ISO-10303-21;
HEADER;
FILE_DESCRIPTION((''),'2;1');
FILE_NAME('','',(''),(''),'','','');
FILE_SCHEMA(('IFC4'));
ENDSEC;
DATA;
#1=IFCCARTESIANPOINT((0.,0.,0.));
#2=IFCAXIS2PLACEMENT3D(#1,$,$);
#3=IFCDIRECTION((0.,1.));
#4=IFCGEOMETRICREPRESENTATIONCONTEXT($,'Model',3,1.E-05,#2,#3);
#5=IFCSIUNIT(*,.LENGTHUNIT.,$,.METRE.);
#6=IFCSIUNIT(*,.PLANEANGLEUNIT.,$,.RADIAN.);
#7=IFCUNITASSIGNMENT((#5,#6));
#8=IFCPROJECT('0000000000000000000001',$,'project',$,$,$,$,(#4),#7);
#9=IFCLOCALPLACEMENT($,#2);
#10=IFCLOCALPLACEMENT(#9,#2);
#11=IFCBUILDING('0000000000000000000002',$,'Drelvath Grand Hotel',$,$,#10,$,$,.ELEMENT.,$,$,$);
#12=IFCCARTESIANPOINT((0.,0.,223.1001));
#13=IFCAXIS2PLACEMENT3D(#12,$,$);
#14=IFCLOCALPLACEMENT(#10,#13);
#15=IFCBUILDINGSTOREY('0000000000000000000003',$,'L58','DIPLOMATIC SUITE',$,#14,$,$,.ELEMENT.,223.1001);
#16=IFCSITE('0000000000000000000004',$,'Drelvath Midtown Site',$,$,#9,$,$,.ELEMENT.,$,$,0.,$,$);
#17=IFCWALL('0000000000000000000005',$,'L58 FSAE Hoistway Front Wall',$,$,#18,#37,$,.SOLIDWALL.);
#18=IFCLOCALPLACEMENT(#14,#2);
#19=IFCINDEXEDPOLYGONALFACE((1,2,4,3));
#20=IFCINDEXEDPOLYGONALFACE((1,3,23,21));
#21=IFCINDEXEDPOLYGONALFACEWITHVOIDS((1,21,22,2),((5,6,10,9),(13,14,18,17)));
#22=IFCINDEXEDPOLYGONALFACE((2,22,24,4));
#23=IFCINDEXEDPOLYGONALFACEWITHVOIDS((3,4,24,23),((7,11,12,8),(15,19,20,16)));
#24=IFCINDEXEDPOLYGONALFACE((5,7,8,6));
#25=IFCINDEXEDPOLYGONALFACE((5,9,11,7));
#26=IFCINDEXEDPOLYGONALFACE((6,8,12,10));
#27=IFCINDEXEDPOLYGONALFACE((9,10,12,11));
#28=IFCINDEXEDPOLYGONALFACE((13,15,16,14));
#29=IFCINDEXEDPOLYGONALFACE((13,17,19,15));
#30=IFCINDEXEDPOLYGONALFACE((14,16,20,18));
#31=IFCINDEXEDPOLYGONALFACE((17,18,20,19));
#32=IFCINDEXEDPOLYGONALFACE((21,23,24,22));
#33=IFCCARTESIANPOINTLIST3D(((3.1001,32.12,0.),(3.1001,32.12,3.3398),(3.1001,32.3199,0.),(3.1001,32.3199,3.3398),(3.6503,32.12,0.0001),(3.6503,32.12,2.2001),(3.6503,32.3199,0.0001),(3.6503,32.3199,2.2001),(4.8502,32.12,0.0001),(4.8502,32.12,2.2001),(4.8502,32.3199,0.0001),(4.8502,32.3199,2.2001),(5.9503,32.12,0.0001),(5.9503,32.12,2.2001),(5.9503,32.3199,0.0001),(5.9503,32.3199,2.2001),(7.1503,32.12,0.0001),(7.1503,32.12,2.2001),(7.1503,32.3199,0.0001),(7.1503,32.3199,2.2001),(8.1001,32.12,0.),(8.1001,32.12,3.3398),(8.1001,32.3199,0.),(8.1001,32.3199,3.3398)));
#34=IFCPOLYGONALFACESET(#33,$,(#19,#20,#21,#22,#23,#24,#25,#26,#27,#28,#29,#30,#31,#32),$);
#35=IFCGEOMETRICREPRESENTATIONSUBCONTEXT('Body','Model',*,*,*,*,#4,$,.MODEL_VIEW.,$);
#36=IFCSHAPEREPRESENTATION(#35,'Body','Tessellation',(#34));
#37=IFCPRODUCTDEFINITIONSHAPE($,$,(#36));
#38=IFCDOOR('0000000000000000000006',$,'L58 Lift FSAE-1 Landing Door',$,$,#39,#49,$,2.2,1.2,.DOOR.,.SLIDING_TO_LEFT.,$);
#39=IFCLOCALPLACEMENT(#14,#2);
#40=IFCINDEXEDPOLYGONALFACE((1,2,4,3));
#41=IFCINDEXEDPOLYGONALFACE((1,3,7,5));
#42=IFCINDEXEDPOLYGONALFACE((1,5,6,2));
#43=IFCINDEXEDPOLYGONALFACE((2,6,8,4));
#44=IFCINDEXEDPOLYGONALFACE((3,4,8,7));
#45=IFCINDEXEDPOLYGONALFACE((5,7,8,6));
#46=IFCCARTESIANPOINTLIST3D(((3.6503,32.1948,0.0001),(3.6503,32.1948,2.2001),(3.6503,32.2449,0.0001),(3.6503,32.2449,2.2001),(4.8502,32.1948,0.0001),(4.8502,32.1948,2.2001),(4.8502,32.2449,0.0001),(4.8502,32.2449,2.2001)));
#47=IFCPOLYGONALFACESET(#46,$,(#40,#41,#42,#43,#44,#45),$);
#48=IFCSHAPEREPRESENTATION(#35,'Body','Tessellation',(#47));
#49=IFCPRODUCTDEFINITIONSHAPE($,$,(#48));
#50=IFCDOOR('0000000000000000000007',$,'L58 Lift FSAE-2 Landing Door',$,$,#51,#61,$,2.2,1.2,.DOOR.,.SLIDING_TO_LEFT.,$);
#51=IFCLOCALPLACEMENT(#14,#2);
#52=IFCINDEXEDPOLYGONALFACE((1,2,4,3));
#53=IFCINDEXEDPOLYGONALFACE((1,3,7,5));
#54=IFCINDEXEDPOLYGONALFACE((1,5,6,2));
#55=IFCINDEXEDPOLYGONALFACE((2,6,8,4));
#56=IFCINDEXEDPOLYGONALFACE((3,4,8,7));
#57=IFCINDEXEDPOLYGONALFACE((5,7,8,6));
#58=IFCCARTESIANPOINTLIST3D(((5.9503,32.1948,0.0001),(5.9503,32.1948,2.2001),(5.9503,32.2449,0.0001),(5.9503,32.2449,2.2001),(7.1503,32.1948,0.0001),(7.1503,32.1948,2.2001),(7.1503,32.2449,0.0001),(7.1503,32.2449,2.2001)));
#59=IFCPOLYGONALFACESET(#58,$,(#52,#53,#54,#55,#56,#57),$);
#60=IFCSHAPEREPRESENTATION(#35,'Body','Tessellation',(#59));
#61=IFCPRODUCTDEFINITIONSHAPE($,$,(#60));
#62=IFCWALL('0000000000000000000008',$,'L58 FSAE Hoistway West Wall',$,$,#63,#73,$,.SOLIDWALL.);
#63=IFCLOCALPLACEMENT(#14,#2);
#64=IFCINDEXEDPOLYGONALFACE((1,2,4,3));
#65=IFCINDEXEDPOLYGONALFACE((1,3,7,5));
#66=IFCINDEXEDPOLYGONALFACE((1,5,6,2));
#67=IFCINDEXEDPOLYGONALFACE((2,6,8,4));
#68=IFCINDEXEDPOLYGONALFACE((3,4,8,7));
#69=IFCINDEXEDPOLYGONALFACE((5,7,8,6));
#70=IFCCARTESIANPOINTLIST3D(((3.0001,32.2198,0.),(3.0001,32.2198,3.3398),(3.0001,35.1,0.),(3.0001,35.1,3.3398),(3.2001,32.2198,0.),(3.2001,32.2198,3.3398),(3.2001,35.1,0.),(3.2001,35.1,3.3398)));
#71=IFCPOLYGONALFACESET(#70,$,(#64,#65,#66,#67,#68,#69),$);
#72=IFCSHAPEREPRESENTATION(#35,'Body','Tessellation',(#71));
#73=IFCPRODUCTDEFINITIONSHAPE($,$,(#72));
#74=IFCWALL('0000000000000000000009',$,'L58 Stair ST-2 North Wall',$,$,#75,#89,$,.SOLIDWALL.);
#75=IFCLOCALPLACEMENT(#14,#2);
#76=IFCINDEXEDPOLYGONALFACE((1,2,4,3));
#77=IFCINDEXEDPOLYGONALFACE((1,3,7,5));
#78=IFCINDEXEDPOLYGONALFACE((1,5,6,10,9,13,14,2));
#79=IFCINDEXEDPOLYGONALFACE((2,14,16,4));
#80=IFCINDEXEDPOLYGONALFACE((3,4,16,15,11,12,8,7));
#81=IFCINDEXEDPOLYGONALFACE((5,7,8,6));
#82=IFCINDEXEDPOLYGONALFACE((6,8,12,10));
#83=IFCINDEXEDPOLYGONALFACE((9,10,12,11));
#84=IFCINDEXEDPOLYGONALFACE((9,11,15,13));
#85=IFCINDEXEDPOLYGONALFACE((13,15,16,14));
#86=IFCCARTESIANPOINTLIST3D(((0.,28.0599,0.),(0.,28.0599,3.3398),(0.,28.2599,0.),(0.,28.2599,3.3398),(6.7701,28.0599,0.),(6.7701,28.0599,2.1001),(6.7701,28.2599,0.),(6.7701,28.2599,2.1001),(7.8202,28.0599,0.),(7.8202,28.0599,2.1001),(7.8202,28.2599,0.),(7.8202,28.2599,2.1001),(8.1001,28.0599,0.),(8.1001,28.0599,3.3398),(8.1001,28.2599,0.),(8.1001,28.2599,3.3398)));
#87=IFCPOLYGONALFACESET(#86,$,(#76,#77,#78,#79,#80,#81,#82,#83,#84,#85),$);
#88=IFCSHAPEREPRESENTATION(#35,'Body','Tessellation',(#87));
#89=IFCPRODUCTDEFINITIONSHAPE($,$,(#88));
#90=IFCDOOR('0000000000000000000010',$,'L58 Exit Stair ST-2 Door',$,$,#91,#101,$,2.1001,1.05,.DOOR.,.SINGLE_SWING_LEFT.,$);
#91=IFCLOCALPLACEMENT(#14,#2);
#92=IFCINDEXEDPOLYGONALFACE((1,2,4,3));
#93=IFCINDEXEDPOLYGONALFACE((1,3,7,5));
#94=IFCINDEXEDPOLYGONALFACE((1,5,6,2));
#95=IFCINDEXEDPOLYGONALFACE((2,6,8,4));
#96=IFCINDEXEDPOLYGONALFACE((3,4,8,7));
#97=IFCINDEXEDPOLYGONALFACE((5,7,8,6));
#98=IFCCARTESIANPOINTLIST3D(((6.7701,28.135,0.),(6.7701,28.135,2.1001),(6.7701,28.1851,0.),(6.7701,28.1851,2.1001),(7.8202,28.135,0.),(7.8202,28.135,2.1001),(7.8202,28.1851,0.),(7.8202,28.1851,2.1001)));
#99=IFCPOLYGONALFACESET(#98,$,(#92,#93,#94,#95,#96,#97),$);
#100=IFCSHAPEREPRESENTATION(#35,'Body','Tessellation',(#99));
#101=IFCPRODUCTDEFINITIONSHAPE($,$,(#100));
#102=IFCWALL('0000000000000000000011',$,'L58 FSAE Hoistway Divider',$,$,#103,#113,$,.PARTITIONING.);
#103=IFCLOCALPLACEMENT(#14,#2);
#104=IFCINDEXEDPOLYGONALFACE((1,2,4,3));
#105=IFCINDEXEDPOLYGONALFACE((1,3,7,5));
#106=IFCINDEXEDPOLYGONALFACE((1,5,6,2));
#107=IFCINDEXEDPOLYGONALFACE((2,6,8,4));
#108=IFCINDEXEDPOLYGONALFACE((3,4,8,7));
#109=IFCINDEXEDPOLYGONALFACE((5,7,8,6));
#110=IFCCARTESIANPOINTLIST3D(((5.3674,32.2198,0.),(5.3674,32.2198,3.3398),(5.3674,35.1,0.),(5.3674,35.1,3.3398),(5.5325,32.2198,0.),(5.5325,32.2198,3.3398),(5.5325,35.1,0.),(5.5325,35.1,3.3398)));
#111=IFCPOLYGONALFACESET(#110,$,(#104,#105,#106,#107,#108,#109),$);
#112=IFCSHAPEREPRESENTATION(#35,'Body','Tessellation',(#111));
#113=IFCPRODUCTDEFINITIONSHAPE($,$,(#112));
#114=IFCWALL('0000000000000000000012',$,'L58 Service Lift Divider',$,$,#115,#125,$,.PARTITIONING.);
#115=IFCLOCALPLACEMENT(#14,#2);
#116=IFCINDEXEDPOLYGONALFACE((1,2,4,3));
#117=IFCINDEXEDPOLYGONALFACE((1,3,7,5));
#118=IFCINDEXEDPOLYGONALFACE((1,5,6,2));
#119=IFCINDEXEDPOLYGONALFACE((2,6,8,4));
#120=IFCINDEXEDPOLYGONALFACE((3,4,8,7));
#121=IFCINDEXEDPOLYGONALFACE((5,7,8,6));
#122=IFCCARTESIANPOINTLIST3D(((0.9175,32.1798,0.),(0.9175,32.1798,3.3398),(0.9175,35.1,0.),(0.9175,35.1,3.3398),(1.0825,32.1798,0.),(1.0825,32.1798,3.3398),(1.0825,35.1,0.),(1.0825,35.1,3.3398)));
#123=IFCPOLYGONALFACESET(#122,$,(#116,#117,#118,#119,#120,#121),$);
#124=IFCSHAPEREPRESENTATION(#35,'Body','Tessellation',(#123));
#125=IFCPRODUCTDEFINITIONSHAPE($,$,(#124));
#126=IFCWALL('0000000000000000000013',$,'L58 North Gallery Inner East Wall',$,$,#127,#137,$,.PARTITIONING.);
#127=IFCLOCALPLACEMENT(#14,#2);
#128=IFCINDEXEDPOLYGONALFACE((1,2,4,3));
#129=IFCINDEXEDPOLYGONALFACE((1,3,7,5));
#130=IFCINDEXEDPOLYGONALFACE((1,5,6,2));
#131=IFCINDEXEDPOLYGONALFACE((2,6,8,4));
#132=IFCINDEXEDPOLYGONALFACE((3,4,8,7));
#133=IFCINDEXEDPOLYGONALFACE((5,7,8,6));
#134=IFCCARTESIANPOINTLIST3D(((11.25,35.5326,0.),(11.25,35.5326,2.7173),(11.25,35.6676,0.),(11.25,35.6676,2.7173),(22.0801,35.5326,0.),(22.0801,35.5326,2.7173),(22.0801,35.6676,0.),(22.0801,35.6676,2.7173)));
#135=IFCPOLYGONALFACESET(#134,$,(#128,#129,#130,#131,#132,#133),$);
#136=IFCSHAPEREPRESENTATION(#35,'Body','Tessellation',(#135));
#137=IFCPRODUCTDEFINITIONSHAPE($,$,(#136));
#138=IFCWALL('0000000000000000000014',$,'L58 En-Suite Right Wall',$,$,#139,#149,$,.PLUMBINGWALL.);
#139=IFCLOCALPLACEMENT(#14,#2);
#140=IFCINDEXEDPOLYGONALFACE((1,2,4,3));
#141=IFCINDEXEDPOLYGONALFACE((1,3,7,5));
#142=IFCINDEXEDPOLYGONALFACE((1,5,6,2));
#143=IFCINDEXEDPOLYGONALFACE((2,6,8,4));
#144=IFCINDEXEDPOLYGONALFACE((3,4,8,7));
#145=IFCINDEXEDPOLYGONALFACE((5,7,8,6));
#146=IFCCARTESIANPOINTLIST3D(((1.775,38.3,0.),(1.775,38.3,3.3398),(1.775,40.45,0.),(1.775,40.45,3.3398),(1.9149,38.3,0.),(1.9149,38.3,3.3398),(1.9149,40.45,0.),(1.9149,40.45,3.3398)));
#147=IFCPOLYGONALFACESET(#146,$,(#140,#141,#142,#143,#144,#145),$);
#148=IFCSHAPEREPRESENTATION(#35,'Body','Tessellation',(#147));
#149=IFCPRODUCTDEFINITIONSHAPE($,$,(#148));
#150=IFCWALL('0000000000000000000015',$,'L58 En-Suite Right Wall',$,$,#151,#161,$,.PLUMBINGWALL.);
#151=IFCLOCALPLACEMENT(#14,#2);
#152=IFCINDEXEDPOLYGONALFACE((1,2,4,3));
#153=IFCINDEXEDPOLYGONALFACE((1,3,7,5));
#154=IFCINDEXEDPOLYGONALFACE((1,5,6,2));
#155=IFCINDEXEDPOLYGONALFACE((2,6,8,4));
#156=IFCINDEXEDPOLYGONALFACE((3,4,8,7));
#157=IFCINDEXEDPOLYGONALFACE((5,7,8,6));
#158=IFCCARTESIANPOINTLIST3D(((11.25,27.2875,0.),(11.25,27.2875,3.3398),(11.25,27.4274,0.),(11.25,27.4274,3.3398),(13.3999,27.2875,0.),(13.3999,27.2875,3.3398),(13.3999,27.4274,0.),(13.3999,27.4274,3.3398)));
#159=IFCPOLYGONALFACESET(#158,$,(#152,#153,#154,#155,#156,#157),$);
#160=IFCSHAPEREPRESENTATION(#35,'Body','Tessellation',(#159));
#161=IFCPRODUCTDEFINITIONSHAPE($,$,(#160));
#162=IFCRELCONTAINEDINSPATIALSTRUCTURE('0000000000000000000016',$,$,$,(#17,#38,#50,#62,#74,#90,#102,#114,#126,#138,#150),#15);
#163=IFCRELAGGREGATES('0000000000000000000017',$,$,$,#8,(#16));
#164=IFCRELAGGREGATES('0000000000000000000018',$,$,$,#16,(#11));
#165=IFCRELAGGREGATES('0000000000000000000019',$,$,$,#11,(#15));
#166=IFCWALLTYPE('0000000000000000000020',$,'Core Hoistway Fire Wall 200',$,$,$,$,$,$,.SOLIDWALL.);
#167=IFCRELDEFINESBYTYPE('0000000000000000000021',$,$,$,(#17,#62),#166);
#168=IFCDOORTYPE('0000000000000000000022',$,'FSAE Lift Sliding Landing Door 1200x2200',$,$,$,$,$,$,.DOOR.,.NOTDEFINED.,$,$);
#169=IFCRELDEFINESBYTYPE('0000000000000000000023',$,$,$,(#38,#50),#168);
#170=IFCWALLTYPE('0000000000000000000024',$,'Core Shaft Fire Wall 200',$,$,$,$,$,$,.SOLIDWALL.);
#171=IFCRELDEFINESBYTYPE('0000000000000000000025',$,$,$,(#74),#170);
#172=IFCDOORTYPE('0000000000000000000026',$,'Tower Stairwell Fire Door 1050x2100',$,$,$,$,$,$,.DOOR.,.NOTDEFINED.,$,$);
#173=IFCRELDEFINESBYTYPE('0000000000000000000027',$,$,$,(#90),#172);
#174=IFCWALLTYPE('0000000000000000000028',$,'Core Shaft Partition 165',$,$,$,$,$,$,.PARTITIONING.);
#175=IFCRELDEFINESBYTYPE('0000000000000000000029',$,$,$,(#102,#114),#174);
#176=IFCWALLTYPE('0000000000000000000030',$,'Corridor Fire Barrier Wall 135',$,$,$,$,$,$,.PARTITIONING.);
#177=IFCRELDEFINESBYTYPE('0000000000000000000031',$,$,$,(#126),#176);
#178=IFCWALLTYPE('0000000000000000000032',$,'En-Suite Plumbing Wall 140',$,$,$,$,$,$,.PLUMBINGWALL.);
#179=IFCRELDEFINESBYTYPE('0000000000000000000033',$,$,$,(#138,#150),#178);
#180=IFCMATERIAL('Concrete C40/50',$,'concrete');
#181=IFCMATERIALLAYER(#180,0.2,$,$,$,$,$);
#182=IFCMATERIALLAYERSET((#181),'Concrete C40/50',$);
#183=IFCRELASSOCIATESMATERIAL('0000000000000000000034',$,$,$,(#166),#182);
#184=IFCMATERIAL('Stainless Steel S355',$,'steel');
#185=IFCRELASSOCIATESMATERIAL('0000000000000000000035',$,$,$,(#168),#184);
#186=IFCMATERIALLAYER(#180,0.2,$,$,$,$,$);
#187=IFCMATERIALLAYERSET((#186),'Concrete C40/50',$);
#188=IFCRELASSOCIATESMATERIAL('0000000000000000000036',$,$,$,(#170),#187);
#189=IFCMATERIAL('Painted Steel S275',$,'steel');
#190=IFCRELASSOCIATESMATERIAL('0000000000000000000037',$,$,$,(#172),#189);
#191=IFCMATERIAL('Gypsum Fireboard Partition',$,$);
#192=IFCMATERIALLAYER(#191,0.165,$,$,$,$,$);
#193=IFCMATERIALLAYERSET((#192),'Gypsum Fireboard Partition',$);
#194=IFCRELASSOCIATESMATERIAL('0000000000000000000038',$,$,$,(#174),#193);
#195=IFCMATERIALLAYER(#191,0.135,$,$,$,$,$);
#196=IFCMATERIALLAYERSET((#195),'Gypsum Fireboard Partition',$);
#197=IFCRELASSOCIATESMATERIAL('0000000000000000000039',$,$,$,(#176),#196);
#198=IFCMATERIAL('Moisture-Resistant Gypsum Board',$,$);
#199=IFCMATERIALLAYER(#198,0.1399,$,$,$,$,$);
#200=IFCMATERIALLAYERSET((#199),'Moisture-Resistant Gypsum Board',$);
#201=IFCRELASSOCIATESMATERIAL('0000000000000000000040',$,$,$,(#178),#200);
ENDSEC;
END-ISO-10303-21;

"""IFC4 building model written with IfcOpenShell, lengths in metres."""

from ifc_helpers import new_model, si_unit, direction, frame, frame_2d, origin, place, context, subcontext, project, spatial, rectangle, extrude, material, layer, layer_set, type_object, element, fill, save


model = new_model("IFC4")

# Units and contexts
model_context = context("Model", 3, precision=1e-05, world=origin(), true_north=direction((0.0, 1.0)))
body_context = subcontext(model_context, "Body", "Model", "MODEL_VIEW")
ifc_project = project(units=[si_unit("LENGTHUNIT", "METRE"), si_unit("PLANEANGLEUNIT", "RADIAN")], contexts=[model_context])

# Site, building, storey
site_placement = place(None, origin())
site = spatial("IfcSite", under=ifc_project, at=site_placement, Name="Drelvath Midtown Site", CompositionType="ELEMENT", RefElevation=0.0)
building_placement = place(site_placement, origin())
building = spatial("IfcBuilding", under=site, at=building_placement, Name="Drelvath Grand Hotel", CompositionType="ELEMENT")
storey_placement = place(building_placement, frame((0.0, 0.0, 223.1001)))
storey = spatial("IfcBuildingStorey", under=building, at=storey_placement, Name="L58", Description="DIPLOMATIC SUITE", CompositionType="ELEMENT", Elevation=223.1001)

# Wall, openings, doors
ifc_material_1 = material(Name="Concrete C40/50", Category="concrete")
ifc_layer_1 = layer(ifc_material_1, 0.2)
ifc_layer_set_1 = layer_set([ifc_layer_1], Name="Concrete C40/50")
wall_type_1 = type_object("IfcWallType", Name="Core Hoistway Fire Wall 200", PredefinedType="SOLIDWALL", material=ifc_layer_set_1)
wall_1_placement = place(storey_placement, frame((3.1001, 32.22, 0.0), z_axis=(0.0, 0.0, 1.0), x_axis=(1.0, 0.0, 0.0)))
wall_1 = element("IfcWall", 1, at=wall_1_placement, inside=storey, type_object=wall_type_1, Name="L58 FSAE Hoistway Front Wall", PredefinedType="SOLIDWALL", context=body_context, shape_type="SweptSolid", body=[
    extrude(rectangle(XDim=5.0, YDim=0.2, at=frame_2d((2.5, 0.0))), origin(), (0.0, 0.0, 1.0), 3.3398),
])
opening_1_placement = place(wall_1_placement, frame((0.55, 0.0, 0.0)))
opening_1 = element("IfcOpeningElement", 2, at=opening_1_placement, cuts=wall_1, PredefinedType="OPENING", context=body_context, shape_type="SweptSolid", body=[
    extrude(rectangle(XDim=1.2, YDim=2.2, at=frame_2d((0.6001, 1.1001))), frame((0.0, 0.1099, 0.0), z_axis=(0.0, -1.0, 0.0), x_axis=(1.0, 0.0, 0.0)), (0.0, 0.0, 1.0), 0.22),
])
opening_2_placement = place(wall_1_placement, frame((2.8501, 0.0, 0.0)))
opening_2 = element("IfcOpeningElement", 3, at=opening_2_placement, cuts=wall_1, PredefinedType="OPENING", context=body_context, shape_type="SweptSolid", body=[
    extrude(rectangle(XDim=1.2, YDim=2.2, at=frame_2d((0.6001, 1.1001))), frame((0.0, 0.1099, 0.0), z_axis=(0.0, -1.0, 0.0), x_axis=(1.0, 0.0, 0.0)), (0.0, 0.0, 1.0), 0.22),
])
ifc_material_2 = material(Name="Stainless Steel S355", Category="steel")
door_type_1 = type_object("IfcDoorType", Name="FSAE Lift Sliding Landing Door 1200x2200", OperationType="NOTDEFINED", PredefinedType="DOOR", material=ifc_material_2)
door_1_placement = place(opening_1_placement, origin())
door_1 = element("IfcDoor", 4, at=door_1_placement, inside=storey, type_object=door_type_1, Name="L58 Lift FSAE-1 Landing Door", OperationType="SLIDING_TO_LEFT", OverallHeight=2.2, OverallWidth=1.2, PredefinedType="DOOR", context=body_context, shape_type="SweptSolid", body=[
    extrude(rectangle(XDim=1.2, YDim=2.2, at=frame_2d((0.6001, 1.1001))), frame((0.0, 0.0249, 0.0), z_axis=(0.0, -1.0, 0.0), x_axis=(1.0, 0.0, 0.0)), (0.0, 0.0, 1.0), 0.05),
])
fill(opening_1, door_1)
door_2_placement = place(opening_2_placement, origin())
door_2 = element("IfcDoor", 5, at=door_2_placement, inside=storey, type_object=door_type_1, Name="L58 Lift FSAE-2 Landing Door", OperationType="SLIDING_TO_LEFT", OverallHeight=2.2, OverallWidth=1.2, PredefinedType="DOOR", context=body_context, shape_type="SweptSolid", body=[
    extrude(rectangle(XDim=1.2, YDim=2.2, at=frame_2d((0.6001, 1.1001))), frame((0.0, 0.0249, 0.0), z_axis=(0.0, -1.0, 0.0), x_axis=(1.0, 0.0, 0.0)), (0.0, 0.0, 1.0), 0.05),
])
fill(opening_2, door_2)

# Wall
wall_2_placement = place(storey_placement, frame((3.1001, 32.22, 0.0), z_axis=(0.0, 0.0, 1.0), x_axis=(0.0, 1.0, 0.0)))
element("IfcWall", 6, at=wall_2_placement, inside=storey, type_object=wall_type_1, Name="L58 FSAE Hoistway West Wall", PredefinedType="SOLIDWALL", context=body_context, shape_type="SweptSolid", body=[
    extrude(rectangle(XDim=2.8801, YDim=0.2, at=frame_2d((1.4399, 0.0))), origin(), (0.0, 0.0, 1.0), 3.3398),
])

# Wall, opening, door
ifc_layer_2 = layer(ifc_material_1, 0.2)
ifc_layer_set_2 = layer_set([ifc_layer_2], Name="Concrete C40/50")
wall_type_2 = type_object("IfcWallType", Name="Core Shaft Fire Wall 200", PredefinedType="SOLIDWALL", material=ifc_layer_set_2)
wall_3_placement = place(storey_placement, frame((8.1001, 28.1599, 0.0), z_axis=(0.0, 0.0, 1.0), x_axis=(-1.0, 0.0, 0.0)))
wall_3 = element("IfcWall", 7, at=wall_3_placement, inside=storey, type_object=wall_type_2, Name="L58 Stair ST-2 North Wall", PredefinedType="SOLIDWALL", context=body_context, shape_type="SweptSolid", body=[
    extrude(rectangle(XDim=8.1001, YDim=0.2, at=frame_2d((4.05, 0.0))), origin(), (0.0, 0.0, 1.0), 3.3398),
])
opening_3_placement = place(wall_3_placement, frame((0.28, 0.0, 0.0)))
opening_3 = element("IfcOpeningElement", 8, at=opening_3_placement, cuts=wall_3, PredefinedType="OPENING", context=body_context, shape_type="SweptSolid", body=[
    extrude(rectangle(XDim=1.05, YDim=2.1001, at=frame_2d((0.5249, 1.05))), frame((0.0, 0.1099, 0.0), z_axis=(0.0, -1.0, 0.0), x_axis=(1.0, 0.0, 0.0)), (0.0, 0.0, 1.0), 0.22),
])
ifc_material_3 = material(Name="Painted Steel S275", Category="steel")
door_type_2 = type_object("IfcDoorType", Name="Tower Stairwell Fire Door 1050x2100", OperationType="NOTDEFINED", PredefinedType="DOOR", material=ifc_material_3)
door_3_placement = place(opening_3_placement, origin())
door_3 = element("IfcDoor", 9, at=door_3_placement, inside=storey, type_object=door_type_2, Name="L58 Exit Stair ST-2 Door", OperationType="SINGLE_SWING_LEFT", OverallHeight=2.1001, OverallWidth=1.05, PredefinedType="DOOR", context=body_context, shape_type="SweptSolid", body=[
    extrude(rectangle(XDim=1.05, YDim=2.1001, at=frame_2d((0.5249, 1.05))), frame((0.0, 0.0249, 0.0), z_axis=(0.0, -1.0, 0.0), x_axis=(1.0, 0.0, 0.0)), (0.0, 0.0, 1.0), 0.05),
])
fill(opening_3, door_3)

# Walls
ifc_material_4 = material(Name="Gypsum Fireboard Partition")
ifc_layer_3 = layer(ifc_material_4, 0.165)
ifc_layer_set_3 = layer_set([ifc_layer_3], Name="Gypsum Fireboard Partition")
wall_type_3 = type_object("IfcWallType", Name="Core Shaft Partition 165", PredefinedType="PARTITIONING", material=ifc_layer_set_3)
wall_4_placement = place(storey_placement, frame((5.45, 32.22, 0.0), z_axis=(0.0, 0.0, 1.0), x_axis=(0.0, 1.0, 0.0)))
element("IfcWall", 10, at=wall_4_placement, inside=storey, type_object=wall_type_3, Name="L58 FSAE Hoistway Divider", PredefinedType="PARTITIONING", context=body_context, shape_type="SweptSolid", body=[
    extrude(rectangle(XDim=2.8801, YDim=0.165, at=frame_2d((1.4399, 0.0))), origin(), (0.0, 0.0, 1.0), 3.3398),
])
wall_5_placement = place(storey_placement, frame((1.0, 32.1799, 0.0), z_axis=(0.0, 0.0, 1.0), x_axis=(0.0, 1.0, 0.0)))
element("IfcWall", 11, at=wall_5_placement, inside=storey, type_object=wall_type_3, Name="L58 Service Lift Divider", PredefinedType="PARTITIONING", context=body_context, shape_type="SweptSolid", body=[
    extrude(rectangle(XDim=2.9202, YDim=0.165, at=frame_2d((1.46, 0.0))), origin(), (0.0, 0.0, 1.0), 3.3398),
])
ifc_layer_4 = layer(ifc_material_4, 0.135)
ifc_layer_set_4 = layer_set([ifc_layer_4], Name="Gypsum Fireboard Partition")
wall_type_4 = type_object("IfcWallType", Name="Corridor Fire Barrier Wall 135", PredefinedType="PARTITIONING", material=ifc_layer_set_4)
wall_6_placement = place(storey_placement, frame((11.25, 35.6001, 0.0), z_axis=(0.0, 0.0, 1.0), x_axis=(1.0, 0.0, 0.0)))
element("IfcWall", 12, at=wall_6_placement, inside=storey, type_object=wall_type_4, Name="L58 North Gallery Inner East Wall", PredefinedType="PARTITIONING", context=body_context, shape_type="SweptSolid", body=[
    extrude(rectangle(XDim=10.8301, YDim=0.135, at=frame_2d((5.415, 0.0))), origin(), (0.0, 0.0, 1.0), 2.7173),
])
ifc_material_5 = material(Name="Moisture-Resistant Gypsum Board")
ifc_layer_5 = layer(ifc_material_5, 0.1399)
ifc_layer_set_5 = layer_set([ifc_layer_5], Name="Moisture-Resistant Gypsum Board")
wall_type_5 = type_object("IfcWallType", Name="En-Suite Plumbing Wall 140", PredefinedType="PLUMBINGWALL", material=ifc_layer_set_5)
for number, where, z_axis, x_axis, name in (
    (13, (1.845, 38.3, 0.0), (0.0, 0.0, 1.0), (0.0, 1.0, 0.0), "L58 En-Suite Right Wall"),
    (14, (11.25, 27.3574, 0.0), (0.0, 0.0, 1.0), (1.0, 0.0, 0.0), "L58 En-Suite Right Wall"),
):
    element("IfcWall", number, at=place(storey_placement, frame(where, z_axis=z_axis, x_axis=x_axis)), inside=storey, type_object=wall_type_5, Name=name, PredefinedType="PLUMBINGWALL", context=body_context, shape_type="SweptSolid", body=[
        extrude(rectangle(XDim=2.1499, YDim=0.1399, at=frame_2d((1.075, 0.0))), origin(), (0.0, 0.0, 1.0), 3.3398),
    ])

save(model, "model.ifc")
